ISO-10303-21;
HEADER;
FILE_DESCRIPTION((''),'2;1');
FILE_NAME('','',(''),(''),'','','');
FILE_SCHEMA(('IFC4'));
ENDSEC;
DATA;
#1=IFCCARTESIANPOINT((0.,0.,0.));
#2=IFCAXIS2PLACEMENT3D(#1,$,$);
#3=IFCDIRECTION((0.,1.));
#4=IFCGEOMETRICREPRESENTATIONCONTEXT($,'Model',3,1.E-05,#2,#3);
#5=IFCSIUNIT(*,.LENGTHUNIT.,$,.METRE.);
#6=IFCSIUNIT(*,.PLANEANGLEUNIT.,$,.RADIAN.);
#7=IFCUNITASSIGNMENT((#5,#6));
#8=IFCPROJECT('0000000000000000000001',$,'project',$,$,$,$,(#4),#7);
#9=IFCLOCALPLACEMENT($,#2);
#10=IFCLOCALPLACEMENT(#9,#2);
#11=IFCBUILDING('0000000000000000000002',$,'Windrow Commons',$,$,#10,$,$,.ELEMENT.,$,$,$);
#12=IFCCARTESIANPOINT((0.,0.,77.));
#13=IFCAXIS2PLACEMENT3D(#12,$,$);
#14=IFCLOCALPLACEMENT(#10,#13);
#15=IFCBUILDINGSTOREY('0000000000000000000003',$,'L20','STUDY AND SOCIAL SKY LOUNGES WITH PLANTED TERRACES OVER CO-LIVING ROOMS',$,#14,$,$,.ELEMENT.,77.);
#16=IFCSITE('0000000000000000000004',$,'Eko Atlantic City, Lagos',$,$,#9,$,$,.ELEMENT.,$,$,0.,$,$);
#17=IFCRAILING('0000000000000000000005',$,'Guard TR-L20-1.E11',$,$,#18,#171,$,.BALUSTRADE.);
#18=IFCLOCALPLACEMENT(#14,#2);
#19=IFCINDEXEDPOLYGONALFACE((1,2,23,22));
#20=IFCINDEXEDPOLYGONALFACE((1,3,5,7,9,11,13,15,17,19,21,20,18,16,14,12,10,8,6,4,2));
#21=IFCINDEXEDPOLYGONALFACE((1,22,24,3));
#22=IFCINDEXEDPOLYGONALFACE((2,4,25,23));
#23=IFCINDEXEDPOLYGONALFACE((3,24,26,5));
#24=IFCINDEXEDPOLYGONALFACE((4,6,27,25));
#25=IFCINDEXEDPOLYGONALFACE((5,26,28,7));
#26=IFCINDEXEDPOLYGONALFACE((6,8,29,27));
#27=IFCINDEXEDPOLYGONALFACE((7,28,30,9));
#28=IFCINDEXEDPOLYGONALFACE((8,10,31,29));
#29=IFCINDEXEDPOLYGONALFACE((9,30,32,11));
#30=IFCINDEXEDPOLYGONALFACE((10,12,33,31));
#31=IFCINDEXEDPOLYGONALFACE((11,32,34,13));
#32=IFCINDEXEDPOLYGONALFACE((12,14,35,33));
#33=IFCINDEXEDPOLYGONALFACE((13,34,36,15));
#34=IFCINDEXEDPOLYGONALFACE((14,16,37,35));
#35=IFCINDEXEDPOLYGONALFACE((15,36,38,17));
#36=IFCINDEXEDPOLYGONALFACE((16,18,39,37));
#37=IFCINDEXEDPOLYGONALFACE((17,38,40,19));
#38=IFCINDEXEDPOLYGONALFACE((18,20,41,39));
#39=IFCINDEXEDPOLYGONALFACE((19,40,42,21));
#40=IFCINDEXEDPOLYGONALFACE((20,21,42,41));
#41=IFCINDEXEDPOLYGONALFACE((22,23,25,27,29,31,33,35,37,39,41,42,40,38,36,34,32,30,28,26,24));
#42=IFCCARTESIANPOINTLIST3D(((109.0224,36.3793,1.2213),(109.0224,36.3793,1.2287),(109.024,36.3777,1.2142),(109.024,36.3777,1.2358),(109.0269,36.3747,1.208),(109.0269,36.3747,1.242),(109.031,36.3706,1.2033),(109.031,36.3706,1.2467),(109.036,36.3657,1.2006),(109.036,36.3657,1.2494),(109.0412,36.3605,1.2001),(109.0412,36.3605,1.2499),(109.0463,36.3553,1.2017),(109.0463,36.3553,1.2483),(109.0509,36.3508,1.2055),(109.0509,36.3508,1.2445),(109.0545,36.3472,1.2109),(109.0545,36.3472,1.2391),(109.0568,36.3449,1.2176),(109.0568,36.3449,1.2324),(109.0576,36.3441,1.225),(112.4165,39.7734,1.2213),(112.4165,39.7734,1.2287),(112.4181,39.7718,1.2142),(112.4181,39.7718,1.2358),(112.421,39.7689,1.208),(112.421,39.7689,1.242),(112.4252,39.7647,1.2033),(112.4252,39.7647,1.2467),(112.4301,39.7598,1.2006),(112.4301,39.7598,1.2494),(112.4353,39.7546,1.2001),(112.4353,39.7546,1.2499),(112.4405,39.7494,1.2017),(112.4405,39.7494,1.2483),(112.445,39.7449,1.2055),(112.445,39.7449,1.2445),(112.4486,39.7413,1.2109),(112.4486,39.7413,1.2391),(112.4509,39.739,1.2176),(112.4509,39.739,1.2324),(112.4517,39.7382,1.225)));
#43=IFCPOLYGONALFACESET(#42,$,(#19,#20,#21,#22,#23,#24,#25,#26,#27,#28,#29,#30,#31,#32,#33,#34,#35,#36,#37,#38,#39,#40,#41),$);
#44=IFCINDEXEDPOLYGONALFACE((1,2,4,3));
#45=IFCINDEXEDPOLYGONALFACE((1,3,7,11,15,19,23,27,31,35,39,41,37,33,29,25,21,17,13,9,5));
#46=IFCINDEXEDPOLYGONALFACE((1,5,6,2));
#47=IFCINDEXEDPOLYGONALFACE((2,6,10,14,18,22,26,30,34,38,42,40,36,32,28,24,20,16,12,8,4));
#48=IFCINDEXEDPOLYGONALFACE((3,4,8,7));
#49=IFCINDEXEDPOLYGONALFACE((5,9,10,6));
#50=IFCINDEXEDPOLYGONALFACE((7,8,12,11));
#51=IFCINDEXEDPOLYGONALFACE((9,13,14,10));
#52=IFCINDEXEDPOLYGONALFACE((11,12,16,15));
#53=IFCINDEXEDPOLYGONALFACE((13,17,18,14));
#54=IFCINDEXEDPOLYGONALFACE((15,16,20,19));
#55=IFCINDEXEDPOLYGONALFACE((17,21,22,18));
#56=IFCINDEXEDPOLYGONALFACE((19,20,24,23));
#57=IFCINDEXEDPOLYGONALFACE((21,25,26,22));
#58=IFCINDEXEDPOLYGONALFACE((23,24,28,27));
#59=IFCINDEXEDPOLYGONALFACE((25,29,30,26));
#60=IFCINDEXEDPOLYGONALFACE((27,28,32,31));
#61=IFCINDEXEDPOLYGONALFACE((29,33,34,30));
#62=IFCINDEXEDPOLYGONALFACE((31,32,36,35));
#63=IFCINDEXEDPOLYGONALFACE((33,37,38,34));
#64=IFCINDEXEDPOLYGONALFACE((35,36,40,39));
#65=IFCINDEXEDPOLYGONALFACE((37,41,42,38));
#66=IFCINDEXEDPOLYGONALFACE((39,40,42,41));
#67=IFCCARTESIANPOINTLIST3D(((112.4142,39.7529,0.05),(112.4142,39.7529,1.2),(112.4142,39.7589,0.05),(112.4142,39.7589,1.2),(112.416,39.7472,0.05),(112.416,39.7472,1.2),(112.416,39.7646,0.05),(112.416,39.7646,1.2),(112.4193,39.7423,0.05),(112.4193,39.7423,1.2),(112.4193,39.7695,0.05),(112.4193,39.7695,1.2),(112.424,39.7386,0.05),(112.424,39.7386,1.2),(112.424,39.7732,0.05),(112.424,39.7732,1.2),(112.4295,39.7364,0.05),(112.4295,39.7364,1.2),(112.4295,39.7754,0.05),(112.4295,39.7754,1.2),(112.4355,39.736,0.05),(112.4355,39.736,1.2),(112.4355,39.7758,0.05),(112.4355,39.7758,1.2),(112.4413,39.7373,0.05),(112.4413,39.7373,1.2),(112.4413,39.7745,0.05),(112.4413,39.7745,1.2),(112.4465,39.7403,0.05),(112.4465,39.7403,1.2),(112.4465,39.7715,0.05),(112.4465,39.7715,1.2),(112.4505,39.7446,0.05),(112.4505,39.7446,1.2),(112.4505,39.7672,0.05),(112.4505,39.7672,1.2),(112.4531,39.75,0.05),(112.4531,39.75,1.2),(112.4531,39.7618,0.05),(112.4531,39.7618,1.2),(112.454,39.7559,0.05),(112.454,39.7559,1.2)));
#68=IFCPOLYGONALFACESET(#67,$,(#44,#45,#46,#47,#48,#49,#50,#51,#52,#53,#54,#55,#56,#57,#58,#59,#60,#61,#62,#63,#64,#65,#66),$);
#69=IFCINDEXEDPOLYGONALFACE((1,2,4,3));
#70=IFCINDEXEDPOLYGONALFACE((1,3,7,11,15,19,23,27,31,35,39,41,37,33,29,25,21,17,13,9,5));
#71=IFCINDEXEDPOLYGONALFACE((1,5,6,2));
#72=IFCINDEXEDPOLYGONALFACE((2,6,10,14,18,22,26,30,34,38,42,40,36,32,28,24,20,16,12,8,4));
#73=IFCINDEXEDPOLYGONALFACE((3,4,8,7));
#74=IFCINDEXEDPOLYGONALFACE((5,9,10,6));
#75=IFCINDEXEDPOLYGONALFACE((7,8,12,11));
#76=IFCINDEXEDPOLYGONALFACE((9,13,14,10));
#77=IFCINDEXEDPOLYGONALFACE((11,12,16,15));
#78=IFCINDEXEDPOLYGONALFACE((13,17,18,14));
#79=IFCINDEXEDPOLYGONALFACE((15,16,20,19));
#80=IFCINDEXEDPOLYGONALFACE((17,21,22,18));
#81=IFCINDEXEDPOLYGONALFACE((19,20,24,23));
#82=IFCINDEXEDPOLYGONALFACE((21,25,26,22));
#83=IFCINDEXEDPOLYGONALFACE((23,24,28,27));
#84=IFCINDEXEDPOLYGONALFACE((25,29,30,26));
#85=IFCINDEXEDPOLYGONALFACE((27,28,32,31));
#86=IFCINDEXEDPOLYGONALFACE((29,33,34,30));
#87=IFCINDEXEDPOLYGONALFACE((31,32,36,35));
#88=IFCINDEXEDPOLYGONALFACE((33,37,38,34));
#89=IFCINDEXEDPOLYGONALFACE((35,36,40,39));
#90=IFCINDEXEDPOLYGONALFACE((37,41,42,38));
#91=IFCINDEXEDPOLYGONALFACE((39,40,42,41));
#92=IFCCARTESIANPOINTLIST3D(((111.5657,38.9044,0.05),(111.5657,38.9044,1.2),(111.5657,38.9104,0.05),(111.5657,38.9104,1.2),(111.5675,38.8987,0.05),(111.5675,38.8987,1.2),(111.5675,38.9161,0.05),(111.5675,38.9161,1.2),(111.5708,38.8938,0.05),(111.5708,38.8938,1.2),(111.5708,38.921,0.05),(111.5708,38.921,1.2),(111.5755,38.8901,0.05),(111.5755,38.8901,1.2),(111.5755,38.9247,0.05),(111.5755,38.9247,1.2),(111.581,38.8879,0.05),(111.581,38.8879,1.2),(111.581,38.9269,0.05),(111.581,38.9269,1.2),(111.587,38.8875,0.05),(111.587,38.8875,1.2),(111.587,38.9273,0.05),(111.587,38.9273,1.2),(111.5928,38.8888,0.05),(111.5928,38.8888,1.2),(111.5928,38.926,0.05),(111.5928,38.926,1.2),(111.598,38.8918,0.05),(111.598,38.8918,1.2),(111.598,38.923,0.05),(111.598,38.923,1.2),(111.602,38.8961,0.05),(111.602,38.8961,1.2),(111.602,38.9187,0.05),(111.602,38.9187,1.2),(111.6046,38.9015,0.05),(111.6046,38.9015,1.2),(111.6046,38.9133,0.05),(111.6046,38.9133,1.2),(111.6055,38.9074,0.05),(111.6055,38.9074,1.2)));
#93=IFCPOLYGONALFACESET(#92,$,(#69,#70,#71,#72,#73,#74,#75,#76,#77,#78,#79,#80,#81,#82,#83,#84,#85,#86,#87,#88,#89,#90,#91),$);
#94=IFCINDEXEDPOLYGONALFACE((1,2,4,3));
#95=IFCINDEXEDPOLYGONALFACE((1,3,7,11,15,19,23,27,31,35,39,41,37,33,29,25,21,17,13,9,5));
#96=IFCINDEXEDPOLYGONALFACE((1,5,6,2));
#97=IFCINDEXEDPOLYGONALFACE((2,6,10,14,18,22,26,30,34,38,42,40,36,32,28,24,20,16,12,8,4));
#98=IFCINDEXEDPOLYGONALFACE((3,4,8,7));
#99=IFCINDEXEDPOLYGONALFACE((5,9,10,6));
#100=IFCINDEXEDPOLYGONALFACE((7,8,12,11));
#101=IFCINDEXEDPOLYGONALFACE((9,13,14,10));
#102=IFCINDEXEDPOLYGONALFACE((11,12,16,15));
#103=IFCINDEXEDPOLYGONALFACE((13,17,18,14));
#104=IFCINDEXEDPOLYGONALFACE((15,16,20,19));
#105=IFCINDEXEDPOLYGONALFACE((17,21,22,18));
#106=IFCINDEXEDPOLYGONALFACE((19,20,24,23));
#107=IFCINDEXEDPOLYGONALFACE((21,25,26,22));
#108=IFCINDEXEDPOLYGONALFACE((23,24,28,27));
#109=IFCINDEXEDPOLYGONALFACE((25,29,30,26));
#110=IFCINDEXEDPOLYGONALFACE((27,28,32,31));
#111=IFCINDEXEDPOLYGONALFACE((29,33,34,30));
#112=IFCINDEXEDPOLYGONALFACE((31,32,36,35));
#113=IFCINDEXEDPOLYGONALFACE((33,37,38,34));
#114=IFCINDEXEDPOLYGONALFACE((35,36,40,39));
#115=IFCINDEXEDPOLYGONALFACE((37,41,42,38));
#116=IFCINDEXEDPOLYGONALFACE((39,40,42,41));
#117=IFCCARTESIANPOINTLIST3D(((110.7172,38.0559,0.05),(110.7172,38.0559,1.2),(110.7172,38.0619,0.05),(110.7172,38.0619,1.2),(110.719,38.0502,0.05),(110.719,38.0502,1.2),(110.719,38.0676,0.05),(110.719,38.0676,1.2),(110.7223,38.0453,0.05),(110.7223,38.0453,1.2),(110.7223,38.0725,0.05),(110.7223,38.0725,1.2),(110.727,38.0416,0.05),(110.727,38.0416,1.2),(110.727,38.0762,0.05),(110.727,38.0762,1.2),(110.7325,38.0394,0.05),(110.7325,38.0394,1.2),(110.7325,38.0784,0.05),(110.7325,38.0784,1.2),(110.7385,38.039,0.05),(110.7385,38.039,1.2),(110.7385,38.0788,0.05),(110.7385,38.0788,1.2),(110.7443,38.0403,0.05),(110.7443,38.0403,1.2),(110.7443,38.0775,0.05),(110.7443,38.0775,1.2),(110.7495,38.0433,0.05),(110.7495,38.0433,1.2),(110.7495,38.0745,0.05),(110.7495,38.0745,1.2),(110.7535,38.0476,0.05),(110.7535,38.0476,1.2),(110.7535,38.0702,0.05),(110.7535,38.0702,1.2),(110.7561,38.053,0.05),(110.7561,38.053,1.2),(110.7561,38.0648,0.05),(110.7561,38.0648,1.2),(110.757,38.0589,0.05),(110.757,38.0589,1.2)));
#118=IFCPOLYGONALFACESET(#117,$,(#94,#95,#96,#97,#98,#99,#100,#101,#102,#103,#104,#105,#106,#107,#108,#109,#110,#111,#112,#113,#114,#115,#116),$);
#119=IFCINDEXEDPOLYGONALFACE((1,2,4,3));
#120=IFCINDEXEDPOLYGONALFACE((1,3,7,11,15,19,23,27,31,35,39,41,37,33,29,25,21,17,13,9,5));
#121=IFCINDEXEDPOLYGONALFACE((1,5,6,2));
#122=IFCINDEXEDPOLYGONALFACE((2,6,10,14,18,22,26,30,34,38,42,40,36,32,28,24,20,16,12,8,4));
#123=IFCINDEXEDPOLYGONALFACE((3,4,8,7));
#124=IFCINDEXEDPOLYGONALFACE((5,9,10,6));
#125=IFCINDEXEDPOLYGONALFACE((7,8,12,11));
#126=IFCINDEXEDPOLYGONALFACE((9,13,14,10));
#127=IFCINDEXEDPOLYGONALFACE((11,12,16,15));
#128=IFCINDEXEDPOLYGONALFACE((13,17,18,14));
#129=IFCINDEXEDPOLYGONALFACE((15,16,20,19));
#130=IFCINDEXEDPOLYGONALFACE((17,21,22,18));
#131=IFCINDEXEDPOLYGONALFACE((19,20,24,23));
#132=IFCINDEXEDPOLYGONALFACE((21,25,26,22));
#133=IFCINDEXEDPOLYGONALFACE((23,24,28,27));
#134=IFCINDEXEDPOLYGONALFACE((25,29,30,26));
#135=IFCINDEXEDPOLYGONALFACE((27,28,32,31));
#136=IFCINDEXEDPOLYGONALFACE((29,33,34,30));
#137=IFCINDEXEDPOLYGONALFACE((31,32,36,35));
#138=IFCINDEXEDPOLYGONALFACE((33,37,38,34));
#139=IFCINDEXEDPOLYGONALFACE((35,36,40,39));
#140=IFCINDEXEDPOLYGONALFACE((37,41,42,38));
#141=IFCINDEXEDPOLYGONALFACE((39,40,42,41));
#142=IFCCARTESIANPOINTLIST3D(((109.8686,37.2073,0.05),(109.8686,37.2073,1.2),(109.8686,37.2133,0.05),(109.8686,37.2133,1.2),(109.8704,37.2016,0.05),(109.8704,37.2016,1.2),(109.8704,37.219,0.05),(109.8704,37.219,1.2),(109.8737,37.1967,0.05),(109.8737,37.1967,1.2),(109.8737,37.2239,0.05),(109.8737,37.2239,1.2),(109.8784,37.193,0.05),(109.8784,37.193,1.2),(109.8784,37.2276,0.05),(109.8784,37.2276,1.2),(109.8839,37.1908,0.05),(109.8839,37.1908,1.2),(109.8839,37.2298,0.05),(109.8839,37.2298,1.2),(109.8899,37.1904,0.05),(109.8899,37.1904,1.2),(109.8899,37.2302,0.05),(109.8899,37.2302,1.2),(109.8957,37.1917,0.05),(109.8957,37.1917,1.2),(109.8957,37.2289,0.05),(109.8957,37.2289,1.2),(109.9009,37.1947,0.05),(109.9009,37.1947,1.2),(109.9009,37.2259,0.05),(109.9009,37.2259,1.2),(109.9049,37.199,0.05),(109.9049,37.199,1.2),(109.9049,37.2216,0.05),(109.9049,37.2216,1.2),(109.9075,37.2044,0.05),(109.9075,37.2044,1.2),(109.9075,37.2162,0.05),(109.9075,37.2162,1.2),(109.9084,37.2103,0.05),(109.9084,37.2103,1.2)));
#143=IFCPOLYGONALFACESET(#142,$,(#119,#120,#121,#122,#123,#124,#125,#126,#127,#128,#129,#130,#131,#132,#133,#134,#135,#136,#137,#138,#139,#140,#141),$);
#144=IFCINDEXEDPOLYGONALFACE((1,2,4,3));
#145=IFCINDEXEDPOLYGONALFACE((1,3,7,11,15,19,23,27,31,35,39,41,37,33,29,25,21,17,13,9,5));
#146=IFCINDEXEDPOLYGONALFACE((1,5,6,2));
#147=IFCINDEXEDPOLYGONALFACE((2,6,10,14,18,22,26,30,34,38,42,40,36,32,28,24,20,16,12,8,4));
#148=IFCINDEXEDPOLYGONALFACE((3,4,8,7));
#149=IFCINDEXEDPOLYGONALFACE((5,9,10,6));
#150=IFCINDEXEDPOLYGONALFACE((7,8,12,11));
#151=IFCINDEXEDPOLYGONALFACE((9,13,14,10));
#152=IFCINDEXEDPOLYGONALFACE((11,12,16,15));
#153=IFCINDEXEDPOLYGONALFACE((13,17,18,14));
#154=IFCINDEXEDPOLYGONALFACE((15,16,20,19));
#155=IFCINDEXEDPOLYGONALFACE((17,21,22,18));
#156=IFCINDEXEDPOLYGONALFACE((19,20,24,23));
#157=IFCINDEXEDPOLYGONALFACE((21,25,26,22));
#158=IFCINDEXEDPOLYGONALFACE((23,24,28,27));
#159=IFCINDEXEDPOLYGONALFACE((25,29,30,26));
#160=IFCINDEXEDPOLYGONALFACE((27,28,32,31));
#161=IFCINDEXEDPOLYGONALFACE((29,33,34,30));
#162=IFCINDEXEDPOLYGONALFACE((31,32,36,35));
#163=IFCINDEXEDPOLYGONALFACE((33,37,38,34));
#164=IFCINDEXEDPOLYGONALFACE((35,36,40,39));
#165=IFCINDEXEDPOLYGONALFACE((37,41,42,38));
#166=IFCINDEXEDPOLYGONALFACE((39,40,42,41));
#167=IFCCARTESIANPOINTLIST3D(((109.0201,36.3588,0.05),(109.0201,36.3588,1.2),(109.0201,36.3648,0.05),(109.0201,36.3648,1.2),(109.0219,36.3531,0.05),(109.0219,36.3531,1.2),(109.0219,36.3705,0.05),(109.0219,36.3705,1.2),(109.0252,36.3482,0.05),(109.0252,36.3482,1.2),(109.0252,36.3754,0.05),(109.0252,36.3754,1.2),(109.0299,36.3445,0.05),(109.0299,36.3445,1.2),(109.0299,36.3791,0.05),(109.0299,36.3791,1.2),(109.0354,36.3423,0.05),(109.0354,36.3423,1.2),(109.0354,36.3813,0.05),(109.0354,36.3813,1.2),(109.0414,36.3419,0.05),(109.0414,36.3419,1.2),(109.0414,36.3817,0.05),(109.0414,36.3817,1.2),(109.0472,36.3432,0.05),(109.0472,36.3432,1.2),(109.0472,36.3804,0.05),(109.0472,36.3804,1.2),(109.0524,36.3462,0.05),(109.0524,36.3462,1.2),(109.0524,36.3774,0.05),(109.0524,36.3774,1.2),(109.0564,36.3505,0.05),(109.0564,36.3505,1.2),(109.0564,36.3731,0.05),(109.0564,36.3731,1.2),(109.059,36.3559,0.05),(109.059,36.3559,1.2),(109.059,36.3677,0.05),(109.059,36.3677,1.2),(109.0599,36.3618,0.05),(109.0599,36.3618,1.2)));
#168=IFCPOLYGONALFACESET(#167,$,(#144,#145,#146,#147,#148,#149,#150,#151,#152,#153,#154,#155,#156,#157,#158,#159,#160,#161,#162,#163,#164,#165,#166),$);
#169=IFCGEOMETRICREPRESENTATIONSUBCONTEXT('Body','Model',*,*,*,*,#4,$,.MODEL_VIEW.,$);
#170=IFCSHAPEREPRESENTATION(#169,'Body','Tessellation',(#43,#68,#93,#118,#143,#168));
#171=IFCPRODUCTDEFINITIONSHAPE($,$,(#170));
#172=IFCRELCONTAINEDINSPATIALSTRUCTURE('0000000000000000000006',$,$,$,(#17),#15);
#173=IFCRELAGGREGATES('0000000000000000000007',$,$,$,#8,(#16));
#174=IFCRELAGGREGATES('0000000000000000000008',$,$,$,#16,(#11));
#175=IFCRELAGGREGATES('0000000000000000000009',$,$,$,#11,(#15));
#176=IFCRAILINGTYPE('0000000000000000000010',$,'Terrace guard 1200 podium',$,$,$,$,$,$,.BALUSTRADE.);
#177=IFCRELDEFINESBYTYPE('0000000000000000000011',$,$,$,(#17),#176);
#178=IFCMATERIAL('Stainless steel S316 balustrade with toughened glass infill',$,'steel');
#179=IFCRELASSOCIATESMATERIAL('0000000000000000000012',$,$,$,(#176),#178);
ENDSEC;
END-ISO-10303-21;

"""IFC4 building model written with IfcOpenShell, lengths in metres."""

from ifc_helpers import new_model, si_unit, direction, frame, origin, origin_2d, place, context, subcontext, project, spatial, circle, extrude, material, type_object, element, save


model = new_model("IFC4")

# Units and contexts
model_context = context("Model", 3, precision=1e-05, world=origin(), true_north=direction((0.0, 1.0)))
body_context = subcontext(model_context, "Body", "Model", "MODEL_VIEW")
ifc_project = project(units=[si_unit("LENGTHUNIT", "METRE"), si_unit("PLANEANGLEUNIT", "RADIAN")], contexts=[model_context])

# Site, building, storey
site_placement = place(None, origin())
site = spatial("IfcSite", under=ifc_project, at=site_placement, Name="Eko Atlantic City, Lagos", CompositionType="ELEMENT", RefElevation=0.0)
building_placement = place(site_placement, origin())
building = spatial("IfcBuilding", under=site, at=building_placement, Name="Windrow Commons", CompositionType="ELEMENT")
storey_placement = place(building_placement, frame((0.0, 0.0, 77.0)))
storey = spatial("IfcBuildingStorey", under=building, at=storey_placement, Name="L20", Description="STUDY AND SOCIAL SKY LOUNGES WITH PLANTED TERRACES OVER CO-LIVING ROOMS", CompositionType="ELEMENT", Elevation=77.0)

# Railing
ifc_material_1 = material(Name="Stainless steel S316 balustrade with toughened glass infill", Category="steel")
railing_type = type_object("IfcRailingType", Name="Terrace guard 1200 podium", PredefinedType="BALUSTRADE", material=ifc_material_1)
railing_1_placement = place(storey_placement, frame((112.434, 39.7559, 0.05)))
element("IfcRailing", 1, at=railing_1_placement, inside=storey, type_object=railing_type, Name="Guard TR-L20-1.E11", PredefinedType="BALUSTRADE", context=body_context, shape_type="SweptSolid", body=[
    extrude(circle(Radius=0.025, at=origin_2d()), frame((0.0, 0.0, 1.175), z_axis=(-0.707107, -0.707107, 0.0), x_axis=(0.707107, -0.707107, 0.0)), (0.0, 0.0, 1.0), 4.8),
    extrude(circle(Radius=0.02, at=origin_2d()), origin(), (0.0, 0.0, 1.0), 1.15),
    extrude(circle(Radius=0.02, at=origin_2d()), frame((-0.8485, -0.8485, 0.0)), (0.0, 0.0, 1.0), 1.15),
    extrude(circle(Radius=0.02, at=origin_2d()), frame((-1.697, -1.697, 0.0)), (0.0, 0.0, 1.0), 1.15),
    extrude(circle(Radius=0.02, at=origin_2d()), frame((-2.5456, -2.5456, 0.0)), (0.0, 0.0, 1.0), 1.15),
    extrude(circle(Radius=0.02, at=origin_2d()), frame((-3.3941, -3.3941, 0.0)), (0.0, 0.0, 1.0), 1.15),
])

save(model, "model.ifc")
